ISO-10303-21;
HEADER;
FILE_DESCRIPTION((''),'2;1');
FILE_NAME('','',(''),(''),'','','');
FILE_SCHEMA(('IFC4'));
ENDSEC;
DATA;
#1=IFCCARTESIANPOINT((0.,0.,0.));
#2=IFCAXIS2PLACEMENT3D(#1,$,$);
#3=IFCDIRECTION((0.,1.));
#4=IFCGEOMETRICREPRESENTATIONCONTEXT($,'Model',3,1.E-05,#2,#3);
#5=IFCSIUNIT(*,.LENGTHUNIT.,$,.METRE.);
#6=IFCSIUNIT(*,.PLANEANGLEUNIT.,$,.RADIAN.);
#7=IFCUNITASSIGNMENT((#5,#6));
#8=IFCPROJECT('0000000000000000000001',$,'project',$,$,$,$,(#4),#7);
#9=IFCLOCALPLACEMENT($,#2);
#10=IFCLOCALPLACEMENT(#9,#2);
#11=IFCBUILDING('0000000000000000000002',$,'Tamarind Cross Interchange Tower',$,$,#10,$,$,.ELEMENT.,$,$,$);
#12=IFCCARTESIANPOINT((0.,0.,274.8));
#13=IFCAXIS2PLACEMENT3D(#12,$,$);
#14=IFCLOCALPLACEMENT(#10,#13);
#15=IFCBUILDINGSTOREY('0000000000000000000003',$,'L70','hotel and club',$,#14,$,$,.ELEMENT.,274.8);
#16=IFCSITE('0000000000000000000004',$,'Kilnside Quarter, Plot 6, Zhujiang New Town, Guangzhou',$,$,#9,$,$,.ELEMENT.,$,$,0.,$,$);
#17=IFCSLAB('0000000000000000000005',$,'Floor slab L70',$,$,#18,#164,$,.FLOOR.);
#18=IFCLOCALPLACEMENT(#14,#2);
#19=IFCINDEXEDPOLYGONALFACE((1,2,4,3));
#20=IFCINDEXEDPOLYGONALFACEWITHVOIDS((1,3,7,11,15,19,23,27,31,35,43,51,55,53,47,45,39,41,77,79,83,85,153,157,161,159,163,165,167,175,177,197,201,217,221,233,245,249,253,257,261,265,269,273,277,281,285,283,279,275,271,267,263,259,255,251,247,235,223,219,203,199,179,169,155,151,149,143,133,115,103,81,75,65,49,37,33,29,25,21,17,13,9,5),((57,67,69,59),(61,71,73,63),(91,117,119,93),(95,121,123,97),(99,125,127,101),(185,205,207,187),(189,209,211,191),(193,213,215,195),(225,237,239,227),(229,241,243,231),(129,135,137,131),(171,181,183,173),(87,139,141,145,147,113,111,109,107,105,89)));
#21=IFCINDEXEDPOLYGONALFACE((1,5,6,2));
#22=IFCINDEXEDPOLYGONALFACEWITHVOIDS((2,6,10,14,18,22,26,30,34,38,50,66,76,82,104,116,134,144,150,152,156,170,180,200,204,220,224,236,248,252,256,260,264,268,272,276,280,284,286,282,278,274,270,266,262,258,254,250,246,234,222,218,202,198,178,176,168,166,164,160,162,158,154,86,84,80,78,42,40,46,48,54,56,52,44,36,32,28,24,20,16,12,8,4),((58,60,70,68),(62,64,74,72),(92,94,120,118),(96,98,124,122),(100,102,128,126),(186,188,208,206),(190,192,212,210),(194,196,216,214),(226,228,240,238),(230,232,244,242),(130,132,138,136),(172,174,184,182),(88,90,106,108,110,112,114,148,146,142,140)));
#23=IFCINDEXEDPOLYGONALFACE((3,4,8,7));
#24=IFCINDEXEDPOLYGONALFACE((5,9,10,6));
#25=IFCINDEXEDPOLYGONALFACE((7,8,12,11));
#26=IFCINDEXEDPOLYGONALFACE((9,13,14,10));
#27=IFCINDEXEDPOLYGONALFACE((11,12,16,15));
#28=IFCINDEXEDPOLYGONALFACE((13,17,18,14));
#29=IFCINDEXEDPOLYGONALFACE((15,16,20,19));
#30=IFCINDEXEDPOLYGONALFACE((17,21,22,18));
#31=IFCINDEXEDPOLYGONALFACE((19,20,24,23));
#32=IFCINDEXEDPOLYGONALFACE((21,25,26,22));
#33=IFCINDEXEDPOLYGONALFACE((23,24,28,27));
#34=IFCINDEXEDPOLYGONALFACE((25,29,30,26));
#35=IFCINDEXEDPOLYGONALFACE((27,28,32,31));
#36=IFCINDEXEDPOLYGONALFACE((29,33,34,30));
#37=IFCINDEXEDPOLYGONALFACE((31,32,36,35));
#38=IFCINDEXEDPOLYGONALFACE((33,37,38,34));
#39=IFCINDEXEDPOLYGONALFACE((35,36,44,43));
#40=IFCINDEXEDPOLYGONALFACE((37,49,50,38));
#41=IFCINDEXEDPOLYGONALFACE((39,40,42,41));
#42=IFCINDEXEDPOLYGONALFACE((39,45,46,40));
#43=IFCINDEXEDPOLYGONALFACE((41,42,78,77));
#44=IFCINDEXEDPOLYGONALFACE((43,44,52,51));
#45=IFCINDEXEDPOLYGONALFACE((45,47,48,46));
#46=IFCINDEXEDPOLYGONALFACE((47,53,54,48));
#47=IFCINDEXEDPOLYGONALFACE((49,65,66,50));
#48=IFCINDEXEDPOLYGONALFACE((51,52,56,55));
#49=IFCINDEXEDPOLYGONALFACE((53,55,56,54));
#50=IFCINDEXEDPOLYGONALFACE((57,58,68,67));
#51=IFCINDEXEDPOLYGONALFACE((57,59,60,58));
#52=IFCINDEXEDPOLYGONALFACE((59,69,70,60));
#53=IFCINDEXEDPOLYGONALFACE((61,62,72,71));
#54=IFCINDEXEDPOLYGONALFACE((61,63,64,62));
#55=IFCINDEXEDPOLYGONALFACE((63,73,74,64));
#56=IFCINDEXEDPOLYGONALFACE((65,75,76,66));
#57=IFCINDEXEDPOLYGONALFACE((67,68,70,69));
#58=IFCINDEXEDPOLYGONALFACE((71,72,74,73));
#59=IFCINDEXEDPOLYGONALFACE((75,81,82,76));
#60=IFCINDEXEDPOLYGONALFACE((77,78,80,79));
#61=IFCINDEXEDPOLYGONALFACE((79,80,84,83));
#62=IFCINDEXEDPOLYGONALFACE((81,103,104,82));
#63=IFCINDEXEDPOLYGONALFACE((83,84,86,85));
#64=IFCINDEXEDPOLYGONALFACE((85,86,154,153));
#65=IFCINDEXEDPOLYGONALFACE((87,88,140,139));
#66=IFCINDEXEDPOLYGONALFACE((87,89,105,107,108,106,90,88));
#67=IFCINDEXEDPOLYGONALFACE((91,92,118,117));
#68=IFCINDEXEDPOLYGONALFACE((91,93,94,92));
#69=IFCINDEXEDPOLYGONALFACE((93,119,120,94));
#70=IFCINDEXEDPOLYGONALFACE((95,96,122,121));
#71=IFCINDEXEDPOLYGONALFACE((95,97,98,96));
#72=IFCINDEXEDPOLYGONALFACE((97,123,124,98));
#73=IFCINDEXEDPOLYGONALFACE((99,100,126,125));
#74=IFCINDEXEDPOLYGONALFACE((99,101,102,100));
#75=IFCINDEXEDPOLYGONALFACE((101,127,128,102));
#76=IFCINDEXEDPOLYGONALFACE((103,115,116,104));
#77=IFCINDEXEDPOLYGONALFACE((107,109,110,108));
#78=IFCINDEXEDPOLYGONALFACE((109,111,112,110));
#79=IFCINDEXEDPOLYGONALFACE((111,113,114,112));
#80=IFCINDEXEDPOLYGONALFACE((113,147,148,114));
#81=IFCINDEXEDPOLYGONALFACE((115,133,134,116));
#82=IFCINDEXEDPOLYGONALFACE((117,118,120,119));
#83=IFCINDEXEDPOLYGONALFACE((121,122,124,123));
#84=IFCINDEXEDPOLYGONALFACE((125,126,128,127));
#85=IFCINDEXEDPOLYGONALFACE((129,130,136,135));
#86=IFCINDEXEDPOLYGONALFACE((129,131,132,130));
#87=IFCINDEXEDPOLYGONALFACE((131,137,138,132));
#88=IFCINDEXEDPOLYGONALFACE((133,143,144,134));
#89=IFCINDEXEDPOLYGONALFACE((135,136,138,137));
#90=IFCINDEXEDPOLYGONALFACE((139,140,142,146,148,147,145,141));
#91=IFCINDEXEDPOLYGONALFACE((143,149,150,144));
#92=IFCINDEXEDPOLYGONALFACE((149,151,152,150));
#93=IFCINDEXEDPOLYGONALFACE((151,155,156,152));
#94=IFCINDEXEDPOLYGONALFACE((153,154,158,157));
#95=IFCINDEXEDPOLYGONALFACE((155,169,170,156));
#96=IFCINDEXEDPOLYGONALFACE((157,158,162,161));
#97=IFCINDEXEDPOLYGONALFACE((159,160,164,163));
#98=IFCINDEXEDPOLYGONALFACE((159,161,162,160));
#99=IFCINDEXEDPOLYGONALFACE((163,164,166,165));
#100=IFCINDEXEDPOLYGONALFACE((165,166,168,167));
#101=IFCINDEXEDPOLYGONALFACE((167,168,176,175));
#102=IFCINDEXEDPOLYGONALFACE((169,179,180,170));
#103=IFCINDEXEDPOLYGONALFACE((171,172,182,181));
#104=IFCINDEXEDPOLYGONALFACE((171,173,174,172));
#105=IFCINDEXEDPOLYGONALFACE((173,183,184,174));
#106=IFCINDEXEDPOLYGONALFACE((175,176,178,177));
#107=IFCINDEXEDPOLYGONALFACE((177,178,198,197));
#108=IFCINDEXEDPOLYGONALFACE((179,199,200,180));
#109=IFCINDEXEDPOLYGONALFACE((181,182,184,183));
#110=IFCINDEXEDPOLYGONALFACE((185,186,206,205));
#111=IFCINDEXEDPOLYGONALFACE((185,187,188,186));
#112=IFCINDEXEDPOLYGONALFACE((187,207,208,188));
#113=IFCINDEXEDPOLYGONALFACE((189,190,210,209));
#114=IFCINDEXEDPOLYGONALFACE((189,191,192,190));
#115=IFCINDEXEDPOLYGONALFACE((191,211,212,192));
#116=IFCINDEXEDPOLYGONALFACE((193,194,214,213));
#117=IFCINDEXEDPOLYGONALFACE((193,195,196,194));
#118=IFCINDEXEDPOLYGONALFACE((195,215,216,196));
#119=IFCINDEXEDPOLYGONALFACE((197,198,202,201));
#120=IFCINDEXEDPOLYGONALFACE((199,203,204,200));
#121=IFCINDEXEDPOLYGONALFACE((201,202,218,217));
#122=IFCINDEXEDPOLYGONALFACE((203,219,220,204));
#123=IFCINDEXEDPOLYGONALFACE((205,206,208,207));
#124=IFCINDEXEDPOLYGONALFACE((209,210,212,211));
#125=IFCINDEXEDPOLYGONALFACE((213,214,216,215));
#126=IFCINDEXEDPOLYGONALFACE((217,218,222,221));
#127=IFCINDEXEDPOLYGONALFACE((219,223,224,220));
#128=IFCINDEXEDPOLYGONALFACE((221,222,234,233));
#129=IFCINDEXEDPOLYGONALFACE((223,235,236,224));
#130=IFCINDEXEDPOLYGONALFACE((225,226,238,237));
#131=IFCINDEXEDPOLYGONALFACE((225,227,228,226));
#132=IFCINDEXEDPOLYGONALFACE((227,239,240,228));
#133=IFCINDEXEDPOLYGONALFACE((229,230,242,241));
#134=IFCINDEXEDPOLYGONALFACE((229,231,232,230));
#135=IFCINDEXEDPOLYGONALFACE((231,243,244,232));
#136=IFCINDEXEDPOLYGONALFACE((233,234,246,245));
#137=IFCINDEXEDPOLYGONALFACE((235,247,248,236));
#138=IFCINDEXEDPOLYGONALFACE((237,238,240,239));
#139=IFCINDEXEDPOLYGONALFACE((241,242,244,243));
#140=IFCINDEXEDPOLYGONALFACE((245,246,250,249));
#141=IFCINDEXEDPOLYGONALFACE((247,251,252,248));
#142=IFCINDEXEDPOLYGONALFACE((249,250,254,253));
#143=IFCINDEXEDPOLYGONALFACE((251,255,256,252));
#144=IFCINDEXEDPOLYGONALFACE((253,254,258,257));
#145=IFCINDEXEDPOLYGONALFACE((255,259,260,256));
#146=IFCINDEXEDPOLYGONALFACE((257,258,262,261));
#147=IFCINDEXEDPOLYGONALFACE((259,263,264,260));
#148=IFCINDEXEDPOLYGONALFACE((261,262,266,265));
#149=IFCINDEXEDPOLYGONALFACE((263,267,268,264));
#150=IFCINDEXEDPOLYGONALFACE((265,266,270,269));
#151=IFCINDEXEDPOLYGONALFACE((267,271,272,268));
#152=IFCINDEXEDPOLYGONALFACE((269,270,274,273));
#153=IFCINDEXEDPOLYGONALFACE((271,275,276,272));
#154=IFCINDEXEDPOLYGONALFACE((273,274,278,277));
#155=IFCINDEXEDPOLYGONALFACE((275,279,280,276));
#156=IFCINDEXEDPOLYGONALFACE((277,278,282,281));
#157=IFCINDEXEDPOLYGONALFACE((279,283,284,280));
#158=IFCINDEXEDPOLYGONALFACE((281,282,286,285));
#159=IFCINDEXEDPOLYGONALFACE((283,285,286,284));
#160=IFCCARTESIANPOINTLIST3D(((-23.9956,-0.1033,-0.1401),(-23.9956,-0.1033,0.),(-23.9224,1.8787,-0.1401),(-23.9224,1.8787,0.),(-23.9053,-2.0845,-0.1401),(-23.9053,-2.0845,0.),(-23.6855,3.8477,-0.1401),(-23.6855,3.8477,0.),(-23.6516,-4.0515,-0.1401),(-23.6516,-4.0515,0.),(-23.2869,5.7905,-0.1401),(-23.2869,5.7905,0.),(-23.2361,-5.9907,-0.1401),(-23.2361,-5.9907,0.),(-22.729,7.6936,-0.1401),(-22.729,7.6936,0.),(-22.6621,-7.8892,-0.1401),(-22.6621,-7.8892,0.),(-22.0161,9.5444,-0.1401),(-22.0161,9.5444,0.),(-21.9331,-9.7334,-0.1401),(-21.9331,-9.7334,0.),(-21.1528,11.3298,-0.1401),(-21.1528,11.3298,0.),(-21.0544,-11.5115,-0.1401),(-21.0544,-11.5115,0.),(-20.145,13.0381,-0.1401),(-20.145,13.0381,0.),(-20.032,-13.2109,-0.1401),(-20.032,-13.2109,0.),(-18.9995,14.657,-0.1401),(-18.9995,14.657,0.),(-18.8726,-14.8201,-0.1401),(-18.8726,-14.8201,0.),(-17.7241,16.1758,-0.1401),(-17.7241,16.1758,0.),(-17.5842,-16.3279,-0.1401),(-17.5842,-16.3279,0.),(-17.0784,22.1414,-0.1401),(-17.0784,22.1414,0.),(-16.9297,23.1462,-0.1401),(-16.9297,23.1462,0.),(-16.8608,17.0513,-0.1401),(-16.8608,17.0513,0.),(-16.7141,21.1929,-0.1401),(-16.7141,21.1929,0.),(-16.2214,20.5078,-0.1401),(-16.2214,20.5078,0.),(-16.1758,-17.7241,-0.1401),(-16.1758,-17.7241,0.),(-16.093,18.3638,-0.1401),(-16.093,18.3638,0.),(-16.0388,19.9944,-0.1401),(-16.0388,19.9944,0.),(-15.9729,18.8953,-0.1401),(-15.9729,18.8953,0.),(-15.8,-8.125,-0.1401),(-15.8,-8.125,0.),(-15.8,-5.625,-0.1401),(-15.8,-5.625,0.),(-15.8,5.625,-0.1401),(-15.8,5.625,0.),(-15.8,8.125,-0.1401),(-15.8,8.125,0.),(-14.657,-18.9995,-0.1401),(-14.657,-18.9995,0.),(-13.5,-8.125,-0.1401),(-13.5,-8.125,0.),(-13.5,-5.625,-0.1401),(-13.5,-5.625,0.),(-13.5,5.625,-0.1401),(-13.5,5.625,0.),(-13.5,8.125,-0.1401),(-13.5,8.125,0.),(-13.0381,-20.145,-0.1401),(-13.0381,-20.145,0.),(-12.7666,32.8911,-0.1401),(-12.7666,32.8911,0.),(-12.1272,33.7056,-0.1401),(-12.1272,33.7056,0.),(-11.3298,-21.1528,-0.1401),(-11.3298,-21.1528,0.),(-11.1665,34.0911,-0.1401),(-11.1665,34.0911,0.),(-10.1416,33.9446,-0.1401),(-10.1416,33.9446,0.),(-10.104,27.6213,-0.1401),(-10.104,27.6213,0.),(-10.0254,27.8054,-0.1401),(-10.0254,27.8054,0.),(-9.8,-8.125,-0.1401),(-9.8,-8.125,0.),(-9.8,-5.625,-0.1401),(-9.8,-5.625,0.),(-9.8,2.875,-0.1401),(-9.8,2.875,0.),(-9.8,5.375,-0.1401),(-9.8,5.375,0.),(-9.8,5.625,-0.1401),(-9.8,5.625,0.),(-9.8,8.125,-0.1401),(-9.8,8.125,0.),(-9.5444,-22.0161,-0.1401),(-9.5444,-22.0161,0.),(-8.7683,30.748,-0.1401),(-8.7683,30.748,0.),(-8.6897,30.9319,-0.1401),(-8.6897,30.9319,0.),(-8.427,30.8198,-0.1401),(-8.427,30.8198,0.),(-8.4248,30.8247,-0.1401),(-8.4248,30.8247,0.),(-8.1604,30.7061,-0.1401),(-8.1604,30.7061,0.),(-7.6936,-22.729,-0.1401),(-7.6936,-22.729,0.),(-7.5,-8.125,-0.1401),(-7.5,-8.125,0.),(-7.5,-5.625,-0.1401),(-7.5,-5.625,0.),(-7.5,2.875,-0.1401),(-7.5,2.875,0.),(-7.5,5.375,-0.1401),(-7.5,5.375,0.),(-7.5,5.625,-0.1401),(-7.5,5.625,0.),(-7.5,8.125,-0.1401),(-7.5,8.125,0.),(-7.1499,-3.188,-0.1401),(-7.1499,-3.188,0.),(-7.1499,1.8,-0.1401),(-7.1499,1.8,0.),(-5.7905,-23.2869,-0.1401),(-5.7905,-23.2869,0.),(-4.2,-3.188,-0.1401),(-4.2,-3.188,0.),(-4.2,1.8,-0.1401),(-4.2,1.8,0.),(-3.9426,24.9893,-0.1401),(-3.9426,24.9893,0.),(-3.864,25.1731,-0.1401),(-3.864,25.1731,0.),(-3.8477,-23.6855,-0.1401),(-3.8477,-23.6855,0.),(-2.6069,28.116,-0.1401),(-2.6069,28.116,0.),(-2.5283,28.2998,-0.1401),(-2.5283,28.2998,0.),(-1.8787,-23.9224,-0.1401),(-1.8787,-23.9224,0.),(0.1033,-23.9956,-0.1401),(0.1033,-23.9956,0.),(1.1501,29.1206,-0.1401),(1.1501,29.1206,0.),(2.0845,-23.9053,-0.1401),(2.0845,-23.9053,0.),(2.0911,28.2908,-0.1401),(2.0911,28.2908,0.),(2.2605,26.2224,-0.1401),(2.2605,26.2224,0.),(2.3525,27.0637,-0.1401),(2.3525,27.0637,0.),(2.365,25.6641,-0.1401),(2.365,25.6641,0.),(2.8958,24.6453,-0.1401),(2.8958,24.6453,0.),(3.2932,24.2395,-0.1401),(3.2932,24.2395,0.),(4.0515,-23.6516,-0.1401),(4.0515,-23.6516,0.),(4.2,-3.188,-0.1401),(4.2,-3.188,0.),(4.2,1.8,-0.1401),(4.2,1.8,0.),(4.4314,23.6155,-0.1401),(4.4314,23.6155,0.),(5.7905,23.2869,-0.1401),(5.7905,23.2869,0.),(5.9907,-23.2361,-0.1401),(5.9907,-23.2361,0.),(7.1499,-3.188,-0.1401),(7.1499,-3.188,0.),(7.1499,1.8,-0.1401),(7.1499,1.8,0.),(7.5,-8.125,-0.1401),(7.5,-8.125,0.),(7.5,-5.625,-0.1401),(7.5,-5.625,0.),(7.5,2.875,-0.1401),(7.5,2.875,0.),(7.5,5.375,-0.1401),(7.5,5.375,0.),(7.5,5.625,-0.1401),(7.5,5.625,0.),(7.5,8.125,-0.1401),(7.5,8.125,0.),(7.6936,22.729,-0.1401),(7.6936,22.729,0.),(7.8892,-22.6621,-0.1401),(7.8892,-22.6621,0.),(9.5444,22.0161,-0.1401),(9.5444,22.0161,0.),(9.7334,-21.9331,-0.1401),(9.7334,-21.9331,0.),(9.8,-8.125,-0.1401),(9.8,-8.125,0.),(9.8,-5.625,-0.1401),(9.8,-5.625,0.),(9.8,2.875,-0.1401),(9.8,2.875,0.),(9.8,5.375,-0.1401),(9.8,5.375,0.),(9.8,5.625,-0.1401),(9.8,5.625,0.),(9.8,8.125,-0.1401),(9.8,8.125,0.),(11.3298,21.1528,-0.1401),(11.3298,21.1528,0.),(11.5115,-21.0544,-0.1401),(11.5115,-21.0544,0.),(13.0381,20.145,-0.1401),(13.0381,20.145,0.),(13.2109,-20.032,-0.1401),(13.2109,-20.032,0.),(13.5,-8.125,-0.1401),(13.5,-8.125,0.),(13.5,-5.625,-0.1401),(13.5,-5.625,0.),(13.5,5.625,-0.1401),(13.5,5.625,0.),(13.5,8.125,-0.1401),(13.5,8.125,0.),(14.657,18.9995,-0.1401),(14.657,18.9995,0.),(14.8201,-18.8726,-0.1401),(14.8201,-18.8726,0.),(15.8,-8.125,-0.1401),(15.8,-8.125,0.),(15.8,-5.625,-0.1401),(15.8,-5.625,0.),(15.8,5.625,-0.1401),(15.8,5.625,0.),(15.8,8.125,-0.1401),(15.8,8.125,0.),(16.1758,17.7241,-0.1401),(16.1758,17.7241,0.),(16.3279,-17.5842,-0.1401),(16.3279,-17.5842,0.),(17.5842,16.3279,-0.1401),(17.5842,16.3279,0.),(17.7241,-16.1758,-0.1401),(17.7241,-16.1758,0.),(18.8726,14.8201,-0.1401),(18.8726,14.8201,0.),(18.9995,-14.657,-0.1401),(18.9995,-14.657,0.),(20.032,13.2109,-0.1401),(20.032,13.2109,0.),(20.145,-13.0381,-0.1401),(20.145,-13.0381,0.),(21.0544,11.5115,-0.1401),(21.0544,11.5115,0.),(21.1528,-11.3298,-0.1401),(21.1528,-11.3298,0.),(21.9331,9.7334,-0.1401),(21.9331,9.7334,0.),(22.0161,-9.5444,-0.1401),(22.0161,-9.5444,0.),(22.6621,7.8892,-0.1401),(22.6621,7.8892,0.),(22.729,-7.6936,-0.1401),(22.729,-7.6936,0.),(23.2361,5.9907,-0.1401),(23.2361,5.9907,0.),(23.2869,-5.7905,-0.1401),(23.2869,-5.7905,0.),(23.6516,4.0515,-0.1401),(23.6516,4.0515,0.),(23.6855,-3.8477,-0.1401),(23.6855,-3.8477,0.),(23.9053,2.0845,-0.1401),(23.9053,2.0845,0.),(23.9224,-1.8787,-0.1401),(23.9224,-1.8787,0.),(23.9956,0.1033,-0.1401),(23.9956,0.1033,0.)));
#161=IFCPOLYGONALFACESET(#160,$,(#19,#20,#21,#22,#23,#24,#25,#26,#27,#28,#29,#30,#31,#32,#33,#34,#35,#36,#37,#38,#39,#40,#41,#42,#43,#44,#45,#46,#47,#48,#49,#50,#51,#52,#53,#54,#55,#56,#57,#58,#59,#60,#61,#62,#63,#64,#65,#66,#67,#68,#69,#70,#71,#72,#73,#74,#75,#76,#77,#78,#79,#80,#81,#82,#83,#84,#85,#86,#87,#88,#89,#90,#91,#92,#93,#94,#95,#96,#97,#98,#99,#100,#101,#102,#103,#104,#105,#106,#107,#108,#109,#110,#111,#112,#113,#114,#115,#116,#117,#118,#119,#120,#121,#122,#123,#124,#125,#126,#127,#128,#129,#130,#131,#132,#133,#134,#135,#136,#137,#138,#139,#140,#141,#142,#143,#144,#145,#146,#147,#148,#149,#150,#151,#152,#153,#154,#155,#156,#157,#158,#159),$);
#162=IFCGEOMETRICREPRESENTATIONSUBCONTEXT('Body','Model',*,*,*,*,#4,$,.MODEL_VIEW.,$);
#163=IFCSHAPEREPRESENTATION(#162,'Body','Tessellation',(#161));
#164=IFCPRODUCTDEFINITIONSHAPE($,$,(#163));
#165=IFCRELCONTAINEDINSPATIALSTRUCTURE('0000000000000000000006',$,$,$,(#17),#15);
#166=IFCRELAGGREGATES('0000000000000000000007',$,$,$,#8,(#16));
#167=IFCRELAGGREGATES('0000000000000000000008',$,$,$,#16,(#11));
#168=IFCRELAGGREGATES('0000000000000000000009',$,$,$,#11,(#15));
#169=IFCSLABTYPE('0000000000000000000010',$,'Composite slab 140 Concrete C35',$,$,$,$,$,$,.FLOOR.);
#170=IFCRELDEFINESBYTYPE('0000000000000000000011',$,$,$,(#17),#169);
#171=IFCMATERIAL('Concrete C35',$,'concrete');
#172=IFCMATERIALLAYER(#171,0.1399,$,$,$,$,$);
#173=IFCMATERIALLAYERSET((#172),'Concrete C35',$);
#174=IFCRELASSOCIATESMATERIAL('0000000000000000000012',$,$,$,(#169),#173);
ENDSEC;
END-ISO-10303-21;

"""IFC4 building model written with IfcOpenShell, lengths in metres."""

from ifc_helpers import new_model, si_unit, direction, frame, origin, place, context, subcontext, project, spatial, polyline, outline, extrude, material, layer, layer_set, type_object, element, save


model = new_model("IFC4")

# Units and contexts
model_context = context("Model", 3, precision=1e-05, world=origin(), true_north=direction((0.0, 1.0)))
body_context = subcontext(model_context, "Body", "Model", "MODEL_VIEW")
ifc_project = project(units=[si_unit("LENGTHUNIT", "METRE"), si_unit("PLANEANGLEUNIT", "RADIAN")], contexts=[model_context])

# Site, building, storey
site_placement = place(None, origin())
site = spatial("IfcSite", under=ifc_project, at=site_placement, Name="Kilnside Quarter, Plot 6, Zhujiang New Town, Guangzhou", CompositionType="ELEMENT", RefElevation=0.0)
building_placement = place(site_placement, origin())
building = spatial("IfcBuilding", under=site, at=building_placement, Name="Tamarind Cross Interchange Tower", CompositionType="ELEMENT")
storey_placement = place(building_placement, frame((0.0, 0.0, 274.8)))
storey = spatial("IfcBuildingStorey", under=building, at=storey_placement, Name="L70", Description="hotel and club", CompositionType="ELEMENT", Elevation=274.8)

# Slab
ifc_material_1 = material(Name="Concrete C35", Category="concrete")
ifc_layer_1 = layer(ifc_material_1, 0.1399)
ifc_layer_set_1 = layer_set([ifc_layer_1], Name="Concrete C35")
slab_type = type_object("IfcSlabType", Name="Composite slab 140 Concrete C35", PredefinedType="FLOOR", material=ifc_layer_set_1)
slab_1_placement = place(storey_placement, frame((0.0, 0.0, -0.1401)))
element("IfcSlab", 1, at=slab_1_placement, inside=storey, type_object=slab_type, Name="Floor slab L70", PredefinedType="FLOOR", context=body_context, shape_type="SweptSolid", body=[
    extrude(outline(polyline([(2.0911, 28.2908), (1.1501, 29.1206), (-10.1416, 33.9446), (-11.1665, 34.0911), (-12.1272, 33.7056), (-12.7666, 32.8911), (-16.9297, 23.1462), (-17.0784, 22.1414), (-16.7141, 21.1929), (-16.2214, 20.5078), (-16.0388, 19.9944), (-15.9729, 18.8953), (-16.093, 18.3638), (-16.8608, 17.0513), (-17.7241, 16.1758), (-18.9995, 14.657), (-20.145, 13.0381), (-21.1528, 11.3298), (-22.0161, 9.5444), (-22.729, 7.6936), (-23.2869, 5.7905), (-23.6855, 3.8477), (-23.9224, 1.8787), (-23.9956, -0.1033), (-23.9053, -2.0845), (-23.6516, -4.0515), (-23.2361, -5.9907), (-22.6621, -7.8892), (-21.9331, -9.7334), (-21.0544, -11.5115), (-20.032, -13.2109), (-18.8726, -14.8201), (-17.5842, -16.3279), (-16.1758, -17.7241), (-14.657, -18.9995), (-13.0381, -20.145), (-11.3298, -21.1528), (-9.5444, -22.0161), (-7.6936, -22.729), (-5.7905, -23.2869), (-3.8477, -23.6855), (-1.8787, -23.9224), (0.1033, -23.9956), (2.0845, -23.9053), (4.0515, -23.6516), (5.9907, -23.2361), (7.8892, -22.6621), (9.7334, -21.9331), (11.5115, -21.0544), (13.2109, -20.032), (14.8201, -18.8726), (16.3279, -17.5842), (17.7241, -16.1758), (18.9995, -14.657), (20.145, -13.0381), (21.1528, -11.3298), (22.0161, -9.5444), (22.729, -7.6936), (23.2869, -5.7905), (23.6855, -3.8477), (23.9224, -1.8787), (23.9956, 0.1033), (23.9053, 2.0845), (23.6516, 4.0515), (23.2361, 5.9907), (22.6621, 7.8892), (21.9331, 9.7334), (21.0544, 11.5115), (20.032, 13.2109), (18.8726, 14.8201), (17.5842, 16.3279), (16.1758, 17.7241), (14.657, 18.9995), (13.0381, 20.145), (11.3298, 21.1528), (9.5444, 22.0161), (7.6936, 22.729), (5.7905, 23.2869), (4.4314, 23.6155), (3.2932, 24.2395), (2.8958, 24.6453), (2.365, 25.6641), (2.2605, 26.2224), (2.3525, 27.0637), (2.0911, 28.2908)]), holes=[polyline([(-13.5, -5.625), (-13.5, -8.125), (-15.8, -8.125), (-15.8, -5.625), (-13.5, -5.625)]), polyline([(-7.5, -5.625), (-7.5, -8.125), (-9.8, -8.125), (-9.8, -5.625), (-7.5, -5.625)]), polyline([(-7.1499, 1.8), (-4.2, 1.8), (-4.2, -3.188), (-7.1499, -3.188), (-7.1499, 1.8)]), polyline([(-7.5, 5.375), (-7.5, 2.875), (-9.8, 2.875), (-9.8, 5.375), (-7.5, 5.375)]), polyline([(-13.5, 8.125), (-13.5, 5.625), (-15.8, 5.625), (-15.8, 8.125), (-13.5, 8.125)]), polyline([(-7.5, 8.125), (-7.5, 5.625), (-9.8, 5.625), (-9.8, 8.125), (-7.5, 8.125)]), polyline([(-10.104, 27.6213), (-10.0254, 27.8054), (-8.7683, 30.748), (-8.6897, 30.9319), (-8.427, 30.8198), (-8.4248, 30.8247), (-8.1604, 30.7061), (-2.5283, 28.2998), (-2.6069, 28.116), (-3.864, 25.1731), (-3.9426, 24.9893), (-10.104, 27.6213)]), polyline([(7.5, -8.125), (7.5, -5.625), (9.8, -5.625), (9.8, -8.125), (7.5, -8.125)]), polyline([(13.5, -8.125), (13.5, -5.625), (15.8, -5.625), (15.8, -8.125), (13.5, -8.125)]), polyline([(4.2, 1.8), (7.1499, 1.8), (7.1499, -3.188), (4.2, -3.188), (4.2, 1.8)]), polyline([(7.5, 2.875), (7.5, 5.375), (9.8, 5.375), (9.8, 2.875), (7.5, 2.875)]), polyline([(7.5, 5.625), (7.5, 8.125), (9.8, 8.125), (9.8, 5.625), (7.5, 5.625)]), polyline([(13.5, 5.625), (13.5, 8.125), (15.8, 8.125), (15.8, 5.625), (13.5, 5.625)])]), origin(), (0.0, 0.0, 1.0), 0.1401),
])

save(model, "model.ifc")
